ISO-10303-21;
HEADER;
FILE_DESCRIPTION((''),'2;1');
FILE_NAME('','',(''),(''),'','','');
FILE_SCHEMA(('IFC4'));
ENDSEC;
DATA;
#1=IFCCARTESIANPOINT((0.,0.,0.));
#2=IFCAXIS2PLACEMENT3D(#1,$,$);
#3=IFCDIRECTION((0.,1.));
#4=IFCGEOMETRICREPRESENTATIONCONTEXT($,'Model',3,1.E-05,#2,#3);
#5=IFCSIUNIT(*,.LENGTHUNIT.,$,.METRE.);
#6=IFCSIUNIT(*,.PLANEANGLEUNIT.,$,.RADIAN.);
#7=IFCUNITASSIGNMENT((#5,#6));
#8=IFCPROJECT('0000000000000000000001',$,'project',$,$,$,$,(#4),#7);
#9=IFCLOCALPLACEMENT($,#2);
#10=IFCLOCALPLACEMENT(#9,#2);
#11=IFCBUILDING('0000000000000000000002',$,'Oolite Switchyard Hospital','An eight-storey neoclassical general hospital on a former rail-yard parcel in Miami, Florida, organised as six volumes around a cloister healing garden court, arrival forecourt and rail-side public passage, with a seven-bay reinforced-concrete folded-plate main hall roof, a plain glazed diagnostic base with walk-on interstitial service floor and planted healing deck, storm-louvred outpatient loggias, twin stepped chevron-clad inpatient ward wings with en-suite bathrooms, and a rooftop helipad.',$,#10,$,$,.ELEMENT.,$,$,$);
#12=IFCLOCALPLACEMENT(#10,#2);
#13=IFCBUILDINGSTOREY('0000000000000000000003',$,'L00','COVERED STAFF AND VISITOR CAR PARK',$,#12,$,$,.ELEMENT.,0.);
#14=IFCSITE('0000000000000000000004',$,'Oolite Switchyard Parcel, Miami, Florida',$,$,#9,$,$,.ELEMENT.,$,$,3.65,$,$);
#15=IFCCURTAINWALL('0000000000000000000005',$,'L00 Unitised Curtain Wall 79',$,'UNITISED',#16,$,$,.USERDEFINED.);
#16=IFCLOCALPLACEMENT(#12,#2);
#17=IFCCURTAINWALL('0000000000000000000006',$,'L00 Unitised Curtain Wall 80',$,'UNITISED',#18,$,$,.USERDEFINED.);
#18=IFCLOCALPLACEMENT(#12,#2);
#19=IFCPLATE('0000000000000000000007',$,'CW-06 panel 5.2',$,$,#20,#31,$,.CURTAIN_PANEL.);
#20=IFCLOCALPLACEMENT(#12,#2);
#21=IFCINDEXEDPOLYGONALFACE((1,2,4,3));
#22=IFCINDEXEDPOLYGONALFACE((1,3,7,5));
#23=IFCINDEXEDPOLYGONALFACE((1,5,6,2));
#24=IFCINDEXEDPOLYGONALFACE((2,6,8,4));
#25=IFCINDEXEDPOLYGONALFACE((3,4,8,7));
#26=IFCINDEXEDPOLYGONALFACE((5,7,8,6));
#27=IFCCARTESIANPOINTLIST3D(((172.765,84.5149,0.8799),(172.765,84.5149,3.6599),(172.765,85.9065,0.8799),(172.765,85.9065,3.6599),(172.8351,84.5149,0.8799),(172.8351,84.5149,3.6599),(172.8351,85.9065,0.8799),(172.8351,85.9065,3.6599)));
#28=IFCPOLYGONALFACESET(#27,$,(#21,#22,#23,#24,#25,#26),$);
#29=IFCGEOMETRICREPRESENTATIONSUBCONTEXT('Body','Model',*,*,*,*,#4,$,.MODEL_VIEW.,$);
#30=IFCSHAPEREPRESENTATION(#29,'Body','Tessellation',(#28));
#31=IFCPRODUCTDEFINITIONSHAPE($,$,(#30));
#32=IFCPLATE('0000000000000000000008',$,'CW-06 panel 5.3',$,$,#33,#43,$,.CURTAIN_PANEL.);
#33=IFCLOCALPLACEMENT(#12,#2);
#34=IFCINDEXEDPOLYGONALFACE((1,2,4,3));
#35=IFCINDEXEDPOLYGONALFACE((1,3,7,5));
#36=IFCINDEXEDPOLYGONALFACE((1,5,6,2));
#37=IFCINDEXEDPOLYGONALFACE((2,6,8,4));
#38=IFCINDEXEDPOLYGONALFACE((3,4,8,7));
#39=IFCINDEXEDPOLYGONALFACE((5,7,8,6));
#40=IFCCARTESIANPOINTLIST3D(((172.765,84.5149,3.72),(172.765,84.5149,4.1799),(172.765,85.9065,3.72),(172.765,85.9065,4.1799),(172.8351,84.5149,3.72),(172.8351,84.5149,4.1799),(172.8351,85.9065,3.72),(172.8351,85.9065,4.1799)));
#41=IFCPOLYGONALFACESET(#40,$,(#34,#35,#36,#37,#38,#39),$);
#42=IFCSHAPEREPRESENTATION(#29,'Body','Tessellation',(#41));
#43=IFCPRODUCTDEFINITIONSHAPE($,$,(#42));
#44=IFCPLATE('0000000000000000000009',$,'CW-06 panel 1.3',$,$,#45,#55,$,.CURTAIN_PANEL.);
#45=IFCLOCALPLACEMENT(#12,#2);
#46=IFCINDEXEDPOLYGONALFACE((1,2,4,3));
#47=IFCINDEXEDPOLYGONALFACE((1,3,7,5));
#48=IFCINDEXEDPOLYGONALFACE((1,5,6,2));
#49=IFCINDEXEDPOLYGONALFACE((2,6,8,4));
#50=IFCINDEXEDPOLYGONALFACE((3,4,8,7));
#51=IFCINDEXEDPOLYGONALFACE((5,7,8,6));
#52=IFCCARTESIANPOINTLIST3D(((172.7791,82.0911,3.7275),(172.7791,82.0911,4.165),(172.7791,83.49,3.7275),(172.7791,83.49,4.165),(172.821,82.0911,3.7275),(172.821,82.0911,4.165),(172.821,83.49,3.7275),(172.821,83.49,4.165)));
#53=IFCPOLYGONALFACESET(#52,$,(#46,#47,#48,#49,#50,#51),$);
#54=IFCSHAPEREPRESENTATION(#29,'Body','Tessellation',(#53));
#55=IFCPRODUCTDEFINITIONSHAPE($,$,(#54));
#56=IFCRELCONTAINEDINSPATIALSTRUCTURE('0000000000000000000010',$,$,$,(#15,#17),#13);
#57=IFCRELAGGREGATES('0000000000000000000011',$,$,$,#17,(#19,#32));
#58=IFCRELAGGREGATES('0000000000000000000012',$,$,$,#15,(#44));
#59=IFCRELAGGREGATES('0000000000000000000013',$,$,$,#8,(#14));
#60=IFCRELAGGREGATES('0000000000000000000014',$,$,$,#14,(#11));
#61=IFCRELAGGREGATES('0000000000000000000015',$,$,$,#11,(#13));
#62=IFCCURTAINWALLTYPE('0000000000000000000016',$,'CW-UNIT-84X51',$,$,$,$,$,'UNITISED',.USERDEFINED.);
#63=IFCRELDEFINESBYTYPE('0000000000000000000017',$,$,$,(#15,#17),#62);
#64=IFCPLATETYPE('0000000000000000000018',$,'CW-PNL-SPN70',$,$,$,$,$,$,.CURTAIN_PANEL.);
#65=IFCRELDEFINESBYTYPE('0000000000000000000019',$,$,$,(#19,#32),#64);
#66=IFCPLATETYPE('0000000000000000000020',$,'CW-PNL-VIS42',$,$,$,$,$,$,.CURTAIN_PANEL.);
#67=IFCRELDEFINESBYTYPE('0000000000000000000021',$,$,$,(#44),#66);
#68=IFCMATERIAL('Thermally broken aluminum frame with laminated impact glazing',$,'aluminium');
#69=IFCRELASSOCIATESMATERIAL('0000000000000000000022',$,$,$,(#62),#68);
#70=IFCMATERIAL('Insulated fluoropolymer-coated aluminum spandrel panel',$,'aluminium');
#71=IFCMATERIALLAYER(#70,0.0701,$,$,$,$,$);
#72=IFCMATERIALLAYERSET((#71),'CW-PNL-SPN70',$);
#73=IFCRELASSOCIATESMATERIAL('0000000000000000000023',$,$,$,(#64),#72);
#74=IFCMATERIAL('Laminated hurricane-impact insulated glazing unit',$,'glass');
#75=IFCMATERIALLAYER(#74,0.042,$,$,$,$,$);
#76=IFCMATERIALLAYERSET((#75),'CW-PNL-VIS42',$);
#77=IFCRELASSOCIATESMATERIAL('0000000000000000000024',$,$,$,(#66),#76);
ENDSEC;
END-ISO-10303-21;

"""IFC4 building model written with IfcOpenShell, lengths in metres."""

from ifc_helpers import new_model, si_unit, direction, frame, origin, origin_2d, place, context, subcontext, project, spatial, rectangle, extrude, material, layer, layer_set, type_object, element, aggregate, save


model = new_model("IFC4")

# Units and contexts
model_context = context("Model", 3, precision=1e-05, world=origin(), true_north=direction((0.0, 1.0)))
body_context = subcontext(model_context, "Body", "Model", "MODEL_VIEW")
ifc_project = project(units=[si_unit("LENGTHUNIT", "METRE"), si_unit("PLANEANGLEUNIT", "RADIAN")], contexts=[model_context])

# Site, building, storey
site_placement = place(None, origin())
site = spatial("IfcSite", under=ifc_project, at=site_placement, Name="Oolite Switchyard Parcel, Miami, Florida", CompositionType="ELEMENT", RefElevation=3.65)
building_placement = place(site_placement, origin())
building = spatial("IfcBuilding", under=site, at=building_placement, Name="Oolite Switchyard Hospital", Description="An eight-storey neoclassical general hospital on a former rail-yard parcel in Miami, Florida, organised as six volumes around a cloister healing garden court, arrival forecourt and rail-side public passage, with a seven-bay reinforced-concrete folded-plate main hall roof, a plain glazed diagnostic base with walk-on interstitial service floor and planted healing deck, storm-louvred outpatient loggias, twin stepped chevron-clad inpatient ward wings with en-suite bathrooms, and a rooftop helipad.", CompositionType="ELEMENT")
storey_placement = place(building_placement, origin())
storey = spatial("IfcBuildingStorey", under=building, at=storey_placement, Name="L00", Description="COVERED STAFF AND VISITOR CAR PARK", CompositionType="ELEMENT", Elevation=0.0)

# Curtain wall
ifc_material_1 = material(Name="Thermally broken aluminum frame with laminated impact glazing", Category="aluminium")
curtain_wall_type = type_object("IfcCurtainWallType", Name="CW-UNIT-84X51", ElementType="UNITISED", PredefinedType="USERDEFINED", material=ifc_material_1)
curtain_wall_1_placement = place(storey_placement, origin())
curtain_wall_1 = element("IfcCurtainWall", 1, at=curtain_wall_1_placement, inside=storey, type_object=curtain_wall_type, Name="L00 Unitised Curtain Wall 79", ObjectType="UNITISED", PredefinedType="USERDEFINED")

# Curtain wall
curtain_wall_2_placement = place(storey_placement, origin())
curtain_wall_2 = element("IfcCurtainWall", 2, at=curtain_wall_2_placement, inside=storey, type_object=curtain_wall_type, Name="L00 Unitised Curtain Wall 80", ObjectType="UNITISED", PredefinedType="USERDEFINED")

# Plates
ifc_material_2 = material(Name="Insulated fluoropolymer-coated aluminum spandrel panel", Category="aluminium")
ifc_layer_1 = layer(ifc_material_2, 0.0701)
ifc_layer_set_1 = layer_set([ifc_layer_1], Name="CW-PNL-SPN70")
plate_type_1 = type_object("IfcPlateType", Name="CW-PNL-SPN70", PredefinedType="CURTAIN_PANEL", material=ifc_layer_set_1)
plate_1_placement = place(storey_placement, frame((172.8, 85.2107, 0.8799), z_axis=(0.0, 0.0, 1.0), x_axis=(0.0, -1.0, 0.0)))
plate_1 = element("IfcPlate", 3, at=plate_1_placement, type_object=plate_type_1, Name="CW-06 panel 5.2", PredefinedType="CURTAIN_PANEL", context=body_context, shape_type="SweptSolid", body=[
    extrude(rectangle(XDim=1.3916, YDim=0.0701, at=origin_2d()), origin(), (0.0, 0.0, 1.0), 2.78),
])
plate_2_placement = place(storey_placement, frame((172.8, 85.2107, 3.72), z_axis=(0.0, 0.0, 1.0), x_axis=(0.0, -1.0, 0.0)))
plate_2 = element("IfcPlate", 4, at=plate_2_placement, type_object=plate_type_1, Name="CW-06 panel 5.3", PredefinedType="CURTAIN_PANEL", context=body_context, shape_type="SweptSolid", body=[
    extrude(rectangle(XDim=1.3916, YDim=0.0701, at=origin_2d()), origin(), (0.0, 0.0, 1.0), 0.46),
])
aggregate(curtain_wall_2, [plate_1, plate_2])
ifc_material_3 = material(Name="Laminated hurricane-impact insulated glazing unit", Category="glass")
ifc_layer_2 = layer(ifc_material_3, 0.042)
ifc_layer_set_2 = layer_set([ifc_layer_2], Name="CW-PNL-VIS42")
plate_type_2 = type_object("IfcPlateType", Name="CW-PNL-VIS42", PredefinedType="CURTAIN_PANEL", material=ifc_layer_set_2)
plate_3_placement = place(storey_placement, frame((172.8, 82.7905, 3.7275), z_axis=(0.0, 0.0, 1.0), x_axis=(0.0, -1.0, 0.0)))
plate_3 = element("IfcPlate", 5, at=plate_3_placement, type_object=plate_type_2, Name="CW-06 panel 1.3", PredefinedType="CURTAIN_PANEL", context=body_context, shape_type="SweptSolid", body=[
    extrude(rectangle(XDim=1.3989, YDim=0.042, at=origin_2d()), origin(), (0.0, 0.0, 1.0), 0.4375),
])
aggregate(curtain_wall_1, [plate_3])

save(model, "model.ifc")
